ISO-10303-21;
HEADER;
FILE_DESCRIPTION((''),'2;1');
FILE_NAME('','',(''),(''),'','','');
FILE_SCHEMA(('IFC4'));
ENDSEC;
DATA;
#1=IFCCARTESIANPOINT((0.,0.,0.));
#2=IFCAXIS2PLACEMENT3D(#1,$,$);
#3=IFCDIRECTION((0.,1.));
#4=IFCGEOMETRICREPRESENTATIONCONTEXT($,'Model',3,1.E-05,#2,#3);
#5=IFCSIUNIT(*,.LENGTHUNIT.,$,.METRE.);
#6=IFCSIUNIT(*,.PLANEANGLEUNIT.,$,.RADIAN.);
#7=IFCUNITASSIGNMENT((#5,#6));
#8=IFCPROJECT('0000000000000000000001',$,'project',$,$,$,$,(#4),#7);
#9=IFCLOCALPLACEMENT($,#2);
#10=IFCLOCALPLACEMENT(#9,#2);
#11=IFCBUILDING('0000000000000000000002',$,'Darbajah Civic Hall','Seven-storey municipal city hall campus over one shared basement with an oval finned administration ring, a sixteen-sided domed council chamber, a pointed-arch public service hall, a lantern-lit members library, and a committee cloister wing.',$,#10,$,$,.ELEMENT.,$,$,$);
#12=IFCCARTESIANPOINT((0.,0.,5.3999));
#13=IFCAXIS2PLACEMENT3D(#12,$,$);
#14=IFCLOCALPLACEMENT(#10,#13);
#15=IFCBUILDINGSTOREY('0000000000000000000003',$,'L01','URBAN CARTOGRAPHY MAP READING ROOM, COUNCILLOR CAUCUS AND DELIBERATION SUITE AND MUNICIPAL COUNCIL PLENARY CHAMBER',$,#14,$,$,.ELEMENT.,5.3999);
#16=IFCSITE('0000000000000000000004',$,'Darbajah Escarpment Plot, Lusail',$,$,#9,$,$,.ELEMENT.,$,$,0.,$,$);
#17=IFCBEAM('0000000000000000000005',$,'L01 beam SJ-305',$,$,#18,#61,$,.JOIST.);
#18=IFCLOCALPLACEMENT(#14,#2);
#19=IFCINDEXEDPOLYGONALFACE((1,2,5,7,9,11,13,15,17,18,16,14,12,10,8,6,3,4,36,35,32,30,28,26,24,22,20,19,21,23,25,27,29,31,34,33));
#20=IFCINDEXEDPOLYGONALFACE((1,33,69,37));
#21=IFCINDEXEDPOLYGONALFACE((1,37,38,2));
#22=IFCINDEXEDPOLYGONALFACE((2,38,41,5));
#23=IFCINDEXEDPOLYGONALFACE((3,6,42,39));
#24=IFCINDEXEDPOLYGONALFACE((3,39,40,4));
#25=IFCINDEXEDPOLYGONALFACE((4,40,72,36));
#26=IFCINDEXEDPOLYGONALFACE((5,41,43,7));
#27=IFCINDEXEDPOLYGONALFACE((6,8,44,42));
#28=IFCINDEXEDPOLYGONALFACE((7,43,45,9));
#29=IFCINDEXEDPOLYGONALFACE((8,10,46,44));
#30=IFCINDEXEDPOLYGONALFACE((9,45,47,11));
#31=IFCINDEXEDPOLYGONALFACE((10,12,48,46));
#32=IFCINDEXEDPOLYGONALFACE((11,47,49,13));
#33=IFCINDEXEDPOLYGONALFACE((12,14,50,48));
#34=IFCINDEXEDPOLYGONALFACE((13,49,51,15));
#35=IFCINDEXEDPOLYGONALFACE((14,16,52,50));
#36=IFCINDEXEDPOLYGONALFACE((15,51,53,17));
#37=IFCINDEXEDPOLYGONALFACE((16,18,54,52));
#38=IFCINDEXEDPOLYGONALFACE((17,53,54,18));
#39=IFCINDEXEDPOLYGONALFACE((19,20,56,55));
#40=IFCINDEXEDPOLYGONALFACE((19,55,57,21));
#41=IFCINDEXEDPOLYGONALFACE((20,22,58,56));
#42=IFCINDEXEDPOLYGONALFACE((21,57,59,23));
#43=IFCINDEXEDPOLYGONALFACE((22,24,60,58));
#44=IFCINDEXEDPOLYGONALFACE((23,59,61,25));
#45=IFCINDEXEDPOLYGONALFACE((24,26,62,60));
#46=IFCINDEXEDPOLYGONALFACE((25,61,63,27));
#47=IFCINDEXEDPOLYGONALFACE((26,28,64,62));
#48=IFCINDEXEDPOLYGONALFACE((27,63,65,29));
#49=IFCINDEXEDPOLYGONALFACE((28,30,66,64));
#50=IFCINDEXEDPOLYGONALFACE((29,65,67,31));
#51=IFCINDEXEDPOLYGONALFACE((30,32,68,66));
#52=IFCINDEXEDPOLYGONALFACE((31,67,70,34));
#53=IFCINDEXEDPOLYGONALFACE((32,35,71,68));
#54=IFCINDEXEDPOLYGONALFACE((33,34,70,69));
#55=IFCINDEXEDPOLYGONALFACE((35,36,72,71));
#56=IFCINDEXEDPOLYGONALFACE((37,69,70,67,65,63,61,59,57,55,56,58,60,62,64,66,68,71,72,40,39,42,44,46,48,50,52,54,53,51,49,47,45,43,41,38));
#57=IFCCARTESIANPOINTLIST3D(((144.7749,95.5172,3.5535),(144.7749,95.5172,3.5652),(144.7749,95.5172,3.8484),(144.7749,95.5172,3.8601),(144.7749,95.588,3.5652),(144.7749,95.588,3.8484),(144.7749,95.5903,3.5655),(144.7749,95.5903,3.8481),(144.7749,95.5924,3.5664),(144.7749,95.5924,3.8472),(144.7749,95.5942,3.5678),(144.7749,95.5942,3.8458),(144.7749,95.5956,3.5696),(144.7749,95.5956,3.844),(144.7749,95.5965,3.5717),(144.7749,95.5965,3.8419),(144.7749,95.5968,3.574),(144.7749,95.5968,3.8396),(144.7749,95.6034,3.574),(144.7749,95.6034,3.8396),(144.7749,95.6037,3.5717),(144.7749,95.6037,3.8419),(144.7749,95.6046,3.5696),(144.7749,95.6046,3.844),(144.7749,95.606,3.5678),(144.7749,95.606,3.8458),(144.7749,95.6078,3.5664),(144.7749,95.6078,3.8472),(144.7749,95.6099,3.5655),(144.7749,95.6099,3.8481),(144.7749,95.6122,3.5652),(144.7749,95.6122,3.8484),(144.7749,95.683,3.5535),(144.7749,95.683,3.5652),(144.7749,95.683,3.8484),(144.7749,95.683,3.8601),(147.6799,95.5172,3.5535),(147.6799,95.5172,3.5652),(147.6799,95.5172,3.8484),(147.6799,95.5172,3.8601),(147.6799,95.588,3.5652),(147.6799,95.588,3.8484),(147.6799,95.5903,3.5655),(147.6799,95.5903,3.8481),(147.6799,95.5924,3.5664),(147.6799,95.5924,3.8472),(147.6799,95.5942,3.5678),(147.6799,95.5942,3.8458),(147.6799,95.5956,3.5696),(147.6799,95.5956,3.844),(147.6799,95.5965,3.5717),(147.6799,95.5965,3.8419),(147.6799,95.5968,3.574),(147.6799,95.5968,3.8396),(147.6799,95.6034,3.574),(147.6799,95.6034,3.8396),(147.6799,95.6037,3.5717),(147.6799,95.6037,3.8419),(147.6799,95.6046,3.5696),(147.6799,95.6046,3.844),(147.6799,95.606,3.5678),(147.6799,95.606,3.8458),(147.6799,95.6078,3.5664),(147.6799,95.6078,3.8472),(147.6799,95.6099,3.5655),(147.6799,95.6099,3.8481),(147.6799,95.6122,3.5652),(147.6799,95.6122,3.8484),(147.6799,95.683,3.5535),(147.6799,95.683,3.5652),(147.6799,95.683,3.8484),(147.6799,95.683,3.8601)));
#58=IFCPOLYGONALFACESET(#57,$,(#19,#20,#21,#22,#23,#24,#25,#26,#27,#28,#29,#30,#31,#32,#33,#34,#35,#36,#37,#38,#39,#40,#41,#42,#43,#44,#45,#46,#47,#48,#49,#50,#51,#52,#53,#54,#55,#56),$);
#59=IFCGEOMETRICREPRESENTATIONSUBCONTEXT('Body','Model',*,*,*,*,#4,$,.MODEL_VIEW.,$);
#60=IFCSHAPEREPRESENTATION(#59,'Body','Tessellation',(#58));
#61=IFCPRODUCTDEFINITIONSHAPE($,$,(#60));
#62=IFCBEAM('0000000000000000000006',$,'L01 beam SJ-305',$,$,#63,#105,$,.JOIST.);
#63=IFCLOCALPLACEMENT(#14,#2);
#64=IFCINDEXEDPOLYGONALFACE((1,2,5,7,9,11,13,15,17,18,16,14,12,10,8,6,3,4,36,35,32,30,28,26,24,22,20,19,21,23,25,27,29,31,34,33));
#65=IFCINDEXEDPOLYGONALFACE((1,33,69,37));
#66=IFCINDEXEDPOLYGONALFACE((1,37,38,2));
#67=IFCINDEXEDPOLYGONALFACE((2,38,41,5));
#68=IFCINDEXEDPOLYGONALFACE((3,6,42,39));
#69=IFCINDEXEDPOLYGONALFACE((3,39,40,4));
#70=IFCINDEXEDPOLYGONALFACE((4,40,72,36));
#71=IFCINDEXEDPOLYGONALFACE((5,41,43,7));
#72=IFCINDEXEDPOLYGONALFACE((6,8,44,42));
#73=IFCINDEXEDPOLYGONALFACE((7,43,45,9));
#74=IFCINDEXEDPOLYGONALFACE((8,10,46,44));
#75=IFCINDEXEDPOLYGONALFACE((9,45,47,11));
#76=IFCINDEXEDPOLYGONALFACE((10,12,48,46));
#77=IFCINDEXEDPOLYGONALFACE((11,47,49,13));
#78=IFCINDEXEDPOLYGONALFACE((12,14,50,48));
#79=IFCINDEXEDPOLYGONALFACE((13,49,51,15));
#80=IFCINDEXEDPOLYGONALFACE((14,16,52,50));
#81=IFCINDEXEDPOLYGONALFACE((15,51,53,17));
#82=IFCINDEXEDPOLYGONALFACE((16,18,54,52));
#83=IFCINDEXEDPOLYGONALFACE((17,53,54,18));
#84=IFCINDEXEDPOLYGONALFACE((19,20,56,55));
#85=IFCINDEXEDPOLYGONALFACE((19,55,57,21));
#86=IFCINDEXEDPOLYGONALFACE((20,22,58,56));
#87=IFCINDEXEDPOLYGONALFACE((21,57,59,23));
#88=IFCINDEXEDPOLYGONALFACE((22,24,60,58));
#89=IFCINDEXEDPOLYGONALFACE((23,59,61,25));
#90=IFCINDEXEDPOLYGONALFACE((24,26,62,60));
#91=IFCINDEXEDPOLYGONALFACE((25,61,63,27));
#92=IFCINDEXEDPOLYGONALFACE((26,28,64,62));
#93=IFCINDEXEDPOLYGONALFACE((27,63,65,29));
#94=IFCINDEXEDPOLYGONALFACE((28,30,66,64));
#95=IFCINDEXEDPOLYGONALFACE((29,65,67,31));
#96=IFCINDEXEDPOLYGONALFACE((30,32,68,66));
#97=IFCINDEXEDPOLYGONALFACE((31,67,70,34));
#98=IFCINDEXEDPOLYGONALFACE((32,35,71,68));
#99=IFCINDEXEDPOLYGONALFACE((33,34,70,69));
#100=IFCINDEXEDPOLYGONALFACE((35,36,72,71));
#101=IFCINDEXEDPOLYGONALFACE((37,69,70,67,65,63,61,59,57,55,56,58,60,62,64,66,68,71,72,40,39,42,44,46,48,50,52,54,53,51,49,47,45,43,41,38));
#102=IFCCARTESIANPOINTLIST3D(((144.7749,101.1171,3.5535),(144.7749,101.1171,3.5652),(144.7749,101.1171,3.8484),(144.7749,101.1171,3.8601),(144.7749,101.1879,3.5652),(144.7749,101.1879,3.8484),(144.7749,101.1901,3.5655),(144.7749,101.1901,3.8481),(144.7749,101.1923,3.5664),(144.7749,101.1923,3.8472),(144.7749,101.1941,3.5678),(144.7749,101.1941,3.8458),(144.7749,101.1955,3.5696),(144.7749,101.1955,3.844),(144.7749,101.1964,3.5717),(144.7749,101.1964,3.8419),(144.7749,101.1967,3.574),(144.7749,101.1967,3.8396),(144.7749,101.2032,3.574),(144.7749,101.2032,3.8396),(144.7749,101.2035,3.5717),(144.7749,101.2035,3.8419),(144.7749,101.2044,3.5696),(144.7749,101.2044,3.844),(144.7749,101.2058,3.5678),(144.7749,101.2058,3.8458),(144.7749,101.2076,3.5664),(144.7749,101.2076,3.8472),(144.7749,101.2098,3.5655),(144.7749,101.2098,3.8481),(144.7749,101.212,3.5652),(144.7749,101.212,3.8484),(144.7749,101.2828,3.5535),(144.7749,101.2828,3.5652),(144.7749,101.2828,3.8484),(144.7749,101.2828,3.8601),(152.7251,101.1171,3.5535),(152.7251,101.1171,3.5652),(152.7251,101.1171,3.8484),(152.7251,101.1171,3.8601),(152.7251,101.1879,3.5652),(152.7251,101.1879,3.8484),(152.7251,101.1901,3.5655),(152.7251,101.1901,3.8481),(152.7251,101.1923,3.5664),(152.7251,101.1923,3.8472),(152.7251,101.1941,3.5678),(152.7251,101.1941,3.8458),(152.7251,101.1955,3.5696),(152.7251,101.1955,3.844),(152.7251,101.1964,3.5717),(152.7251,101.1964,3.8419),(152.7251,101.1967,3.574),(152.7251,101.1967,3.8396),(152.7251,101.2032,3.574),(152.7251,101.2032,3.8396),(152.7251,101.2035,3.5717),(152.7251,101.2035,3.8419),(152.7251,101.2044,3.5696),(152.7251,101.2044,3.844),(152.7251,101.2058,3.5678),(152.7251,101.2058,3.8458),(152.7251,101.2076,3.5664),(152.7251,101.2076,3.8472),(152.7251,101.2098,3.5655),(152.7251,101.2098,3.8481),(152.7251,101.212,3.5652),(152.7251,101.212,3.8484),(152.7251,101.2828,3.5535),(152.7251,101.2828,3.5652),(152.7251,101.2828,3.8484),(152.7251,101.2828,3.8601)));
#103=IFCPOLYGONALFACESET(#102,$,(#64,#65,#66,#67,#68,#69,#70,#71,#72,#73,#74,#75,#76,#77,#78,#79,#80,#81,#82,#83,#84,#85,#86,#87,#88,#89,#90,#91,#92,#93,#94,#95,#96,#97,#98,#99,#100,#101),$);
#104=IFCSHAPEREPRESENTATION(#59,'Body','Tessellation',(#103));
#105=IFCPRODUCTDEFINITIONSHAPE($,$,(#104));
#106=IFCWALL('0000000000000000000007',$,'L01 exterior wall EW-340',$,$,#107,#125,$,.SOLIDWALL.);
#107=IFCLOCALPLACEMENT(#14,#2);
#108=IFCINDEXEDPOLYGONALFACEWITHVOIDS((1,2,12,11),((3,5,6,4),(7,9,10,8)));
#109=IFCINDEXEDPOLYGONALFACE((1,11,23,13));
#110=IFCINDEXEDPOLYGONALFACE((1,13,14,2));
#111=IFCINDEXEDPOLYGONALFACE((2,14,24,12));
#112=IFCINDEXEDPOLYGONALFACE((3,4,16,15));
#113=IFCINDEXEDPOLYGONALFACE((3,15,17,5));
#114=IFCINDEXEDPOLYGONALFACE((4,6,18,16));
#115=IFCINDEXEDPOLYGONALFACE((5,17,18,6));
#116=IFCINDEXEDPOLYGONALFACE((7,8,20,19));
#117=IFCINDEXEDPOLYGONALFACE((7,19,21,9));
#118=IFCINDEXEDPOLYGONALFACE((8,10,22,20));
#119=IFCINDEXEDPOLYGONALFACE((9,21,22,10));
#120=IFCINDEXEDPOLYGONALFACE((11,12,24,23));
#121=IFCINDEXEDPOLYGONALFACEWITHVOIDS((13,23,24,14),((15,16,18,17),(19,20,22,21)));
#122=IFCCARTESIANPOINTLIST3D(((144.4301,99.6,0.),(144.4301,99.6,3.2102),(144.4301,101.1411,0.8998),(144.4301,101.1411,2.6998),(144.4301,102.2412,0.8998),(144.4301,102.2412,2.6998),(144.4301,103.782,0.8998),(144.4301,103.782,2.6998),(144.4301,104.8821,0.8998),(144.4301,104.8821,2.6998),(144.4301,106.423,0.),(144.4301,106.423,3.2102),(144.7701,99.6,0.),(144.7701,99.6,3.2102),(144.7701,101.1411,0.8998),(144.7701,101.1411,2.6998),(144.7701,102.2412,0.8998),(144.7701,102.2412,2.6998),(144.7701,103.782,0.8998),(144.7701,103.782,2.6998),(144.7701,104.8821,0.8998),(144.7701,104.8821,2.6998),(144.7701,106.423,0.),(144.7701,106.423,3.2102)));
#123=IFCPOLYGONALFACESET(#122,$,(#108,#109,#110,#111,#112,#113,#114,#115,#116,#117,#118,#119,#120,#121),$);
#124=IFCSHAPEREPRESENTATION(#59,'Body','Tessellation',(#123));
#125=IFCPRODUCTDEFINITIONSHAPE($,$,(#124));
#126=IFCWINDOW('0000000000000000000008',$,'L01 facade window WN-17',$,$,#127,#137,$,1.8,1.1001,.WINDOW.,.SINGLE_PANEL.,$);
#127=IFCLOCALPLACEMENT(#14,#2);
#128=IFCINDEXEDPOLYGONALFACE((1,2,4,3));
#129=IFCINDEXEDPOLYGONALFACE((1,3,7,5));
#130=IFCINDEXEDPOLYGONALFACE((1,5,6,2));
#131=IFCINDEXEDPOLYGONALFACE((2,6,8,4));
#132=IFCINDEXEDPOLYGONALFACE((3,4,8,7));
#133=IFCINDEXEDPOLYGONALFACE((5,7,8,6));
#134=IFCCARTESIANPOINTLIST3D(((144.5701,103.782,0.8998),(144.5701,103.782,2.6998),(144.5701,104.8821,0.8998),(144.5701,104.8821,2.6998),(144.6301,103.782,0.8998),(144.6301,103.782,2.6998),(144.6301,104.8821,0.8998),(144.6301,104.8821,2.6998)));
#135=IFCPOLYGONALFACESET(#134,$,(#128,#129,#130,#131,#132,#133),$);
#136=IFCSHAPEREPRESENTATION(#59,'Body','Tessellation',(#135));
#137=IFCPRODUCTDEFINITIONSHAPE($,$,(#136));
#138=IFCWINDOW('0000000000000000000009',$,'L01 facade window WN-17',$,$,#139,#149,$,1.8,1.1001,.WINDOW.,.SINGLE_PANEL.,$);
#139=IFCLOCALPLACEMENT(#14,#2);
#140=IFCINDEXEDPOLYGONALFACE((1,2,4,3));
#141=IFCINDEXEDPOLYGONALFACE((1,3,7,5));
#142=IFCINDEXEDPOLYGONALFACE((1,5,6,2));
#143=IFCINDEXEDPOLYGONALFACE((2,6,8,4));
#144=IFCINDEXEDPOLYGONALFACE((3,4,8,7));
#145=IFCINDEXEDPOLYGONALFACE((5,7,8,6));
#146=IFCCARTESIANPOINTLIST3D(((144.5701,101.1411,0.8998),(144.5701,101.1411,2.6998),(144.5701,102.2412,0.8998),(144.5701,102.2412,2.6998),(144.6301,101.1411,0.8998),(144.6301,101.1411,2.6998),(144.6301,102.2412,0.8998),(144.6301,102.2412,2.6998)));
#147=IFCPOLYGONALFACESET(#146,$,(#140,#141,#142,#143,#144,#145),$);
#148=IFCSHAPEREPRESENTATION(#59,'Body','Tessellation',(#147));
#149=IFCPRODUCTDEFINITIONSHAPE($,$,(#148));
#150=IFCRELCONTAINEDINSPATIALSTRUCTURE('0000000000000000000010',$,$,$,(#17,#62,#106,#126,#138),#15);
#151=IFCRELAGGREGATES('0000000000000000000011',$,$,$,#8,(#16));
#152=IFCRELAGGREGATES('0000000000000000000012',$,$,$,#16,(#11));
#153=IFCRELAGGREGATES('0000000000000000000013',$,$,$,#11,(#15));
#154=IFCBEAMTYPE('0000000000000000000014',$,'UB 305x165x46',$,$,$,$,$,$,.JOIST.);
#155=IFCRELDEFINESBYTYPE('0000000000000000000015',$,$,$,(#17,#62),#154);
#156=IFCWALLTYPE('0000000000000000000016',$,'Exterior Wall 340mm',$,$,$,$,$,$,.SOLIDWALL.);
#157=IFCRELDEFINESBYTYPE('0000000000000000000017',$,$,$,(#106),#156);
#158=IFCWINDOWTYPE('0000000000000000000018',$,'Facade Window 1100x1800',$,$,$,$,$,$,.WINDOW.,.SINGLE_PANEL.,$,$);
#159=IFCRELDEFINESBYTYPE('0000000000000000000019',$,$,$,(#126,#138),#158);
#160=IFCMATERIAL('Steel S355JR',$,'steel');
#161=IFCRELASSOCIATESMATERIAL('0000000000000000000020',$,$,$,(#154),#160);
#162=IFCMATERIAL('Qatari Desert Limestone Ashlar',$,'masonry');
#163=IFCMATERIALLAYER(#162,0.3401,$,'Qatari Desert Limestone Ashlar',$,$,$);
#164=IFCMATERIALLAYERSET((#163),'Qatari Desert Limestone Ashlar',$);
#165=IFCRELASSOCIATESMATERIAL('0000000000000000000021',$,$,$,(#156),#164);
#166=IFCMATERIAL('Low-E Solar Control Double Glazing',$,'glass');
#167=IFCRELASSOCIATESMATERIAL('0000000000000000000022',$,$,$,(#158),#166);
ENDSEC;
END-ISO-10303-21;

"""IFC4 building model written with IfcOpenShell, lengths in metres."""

from ifc_helpers import new_model, si_unit, direction, frame, frame_2d, origin, origin_2d, place, context, subcontext, project, spatial, rectangle, i_section, extrude, material, layer, layer_set, material_profile, profile_set, type_object, element, fill, save


model = new_model("IFC4")

# Units and contexts
model_context = context("Model", 3, precision=1e-05, world=origin(), true_north=direction((0.0, 1.0)))
body_context = subcontext(model_context, "Body", "Model", "MODEL_VIEW")
ifc_project = project(units=[si_unit("LENGTHUNIT", "METRE"), si_unit("PLANEANGLEUNIT", "RADIAN")], contexts=[model_context])

# Site, building, storey
site_placement = place(None, origin())
site = spatial("IfcSite", under=ifc_project, at=site_placement, Name="Darbajah Escarpment Plot, Lusail", CompositionType="ELEMENT", RefElevation=0.0)
building_placement = place(site_placement, origin())
building = spatial("IfcBuilding", under=site, at=building_placement, Name="Darbajah Civic Hall", Description="Seven-storey municipal city hall campus over one shared basement with an oval finned administration ring, a sixteen-sided domed council chamber, a pointed-arch public service hall, a lantern-lit members library, and a committee cloister wing.", CompositionType="ELEMENT")
storey_placement = place(building_placement, frame((0.0, 0.0, 5.3999)))
storey = spatial("IfcBuildingStorey", under=building, at=storey_placement, Name="L01", Description="URBAN CARTOGRAPHY MAP READING ROOM, COUNCILLOR CAUCUS AND DELIBERATION SUITE AND MUNICIPAL COUNCIL PLENARY CHAMBER", CompositionType="ELEMENT", Elevation=5.3999)

# Beams
ifc_material_1 = material(Name="Steel S355JR", Category="steel")
ifc_material_profile_1 = material_profile(ifc_material_1, i_section(OverallWidth=0.1658, OverallDepth=0.3066, WebThickness=0.0066, FlangeThickness=0.0117, FilletRadius=0.0088, at=origin_2d()), Name="UB 305x165x46")
ifc_profile_set_1 = profile_set([ifc_material_profile_1], Name="Steel S355JR")
beam_type_1 = type_object("IfcBeamType", Name="UB 305x165x46", PredefinedType="JOIST", material=ifc_profile_set_1)
beam_1_placement = place(storey_placement, frame((144.7749, 95.6001, 3.7068), z_axis=(1.0, 0.0, 0.0), x_axis=(0.0, 1.0, 0.0)))
element("IfcBeam", 1, at=beam_1_placement, inside=storey, type_object=beam_type_1, Name="L01 beam SJ-305", PredefinedType="JOIST", context=body_context, shape_type="SweptSolid", body=[
    extrude(i_section(OverallWidth=0.1658, OverallDepth=0.3066, WebThickness=0.0066, FlangeThickness=0.0117, FilletRadius=0.0088, at=origin_2d()), origin(), (0.0, 0.0, 1.0), 2.905),
])
beam_2_placement = place(storey_placement, frame((144.7749, 101.2, 3.7068), z_axis=(1.0, 0.0, 0.0), x_axis=(0.0, 1.0, 0.0)))
element("IfcBeam", 2, at=beam_2_placement, inside=storey, type_object=beam_type_1, Name="L01 beam SJ-305", PredefinedType="JOIST", context=body_context, shape_type="SweptSolid", body=[
    extrude(i_section(OverallWidth=0.1658, OverallDepth=0.3066, WebThickness=0.0066, FlangeThickness=0.0117, FilletRadius=0.0088, at=origin_2d()), origin(), (0.0, 0.0, 1.0), 7.9502),
])

# Wall, openings, windows
ifc_material_2 = material(Name="Qatari Desert Limestone Ashlar", Category="masonry")
ifc_layer = layer(ifc_material_2, 0.3401, Name="Qatari Desert Limestone Ashlar")
ifc_layer_set = layer_set([ifc_layer], Name="Qatari Desert Limestone Ashlar")
wall_type = type_object("IfcWallType", Name="Exterior Wall 340mm", PredefinedType="SOLIDWALL", material=ifc_layer_set)
wall_1_placement = place(storey_placement, frame((144.6001, 106.4231, 0.0), z_axis=(0.0, 0.0, 1.0), x_axis=(0.0, -1.0, 0.0)))
wall_1 = element("IfcWall", 3, at=wall_1_placement, inside=storey, type_object=wall_type, Name="L01 exterior wall EW-340", PredefinedType="SOLIDWALL", context=body_context, shape_type="SweptSolid", body=[
    extrude(rectangle(XDim=6.823, YDim=0.3401, at=frame_2d((3.4116, 0.0))), origin(), (0.0, 0.0, 1.0), 3.2102),
])
opening_1_placement = place(wall_1_placement, frame((1.541, 0.0, 0.8999)))
opening_1 = element("IfcOpeningElement", 4, at=opening_1_placement, cuts=wall_1, PredefinedType="OPENING", context=body_context, shape_type="SweptSolid", body=[
    extrude(rectangle(XDim=1.1001, YDim=1.8, at=frame_2d((0.55, 0.8999))), frame((0.0, 0.1799, 0.0), z_axis=(0.0, -1.0, 0.0), x_axis=(1.0, 0.0, 0.0)), (0.0, 0.0, 1.0), 0.3601),
])
opening_2_placement = place(wall_1_placement, frame((4.1819, 0.0, 0.8999)))
opening_2 = element("IfcOpeningElement", 5, at=opening_2_placement, cuts=wall_1, PredefinedType="OPENING", context=body_context, shape_type="SweptSolid", body=[
    extrude(rectangle(XDim=1.1001, YDim=1.8, at=frame_2d((0.55, 0.8999))), frame((0.0, 0.1799, 0.0), z_axis=(0.0, -1.0, 0.0), x_axis=(1.0, 0.0, 0.0)), (0.0, 0.0, 1.0), 0.3601),
])
ifc_material_3 = material(Name="Low-E Solar Control Double Glazing", Category="glass")
window_type_1 = type_object("IfcWindowType", Name="Facade Window 1100x1800", PartitioningType="SINGLE_PANEL", PredefinedType="WINDOW", material=ifc_material_3)
window_1_placement = place(opening_1_placement, origin())
window_1 = element("IfcWindow", 6, at=window_1_placement, inside=storey, type_object=window_type_1, Name="L01 facade window WN-17", OverallHeight=1.8, OverallWidth=1.1001, PartitioningType="SINGLE_PANEL", PredefinedType="WINDOW", context=body_context, shape_type="SweptSolid", body=[
    extrude(rectangle(XDim=1.1001, YDim=1.8, at=frame_2d((0.55, 0.8999))), frame((0.0, 0.03, 0.0), z_axis=(0.0, -1.0, 0.0), x_axis=(1.0, 0.0, 0.0)), (0.0, 0.0, 1.0), 0.0601),
])
fill(opening_1, window_1)
window_2_placement = place(opening_2_placement, origin())
window_2 = element("IfcWindow", 7, at=window_2_placement, inside=storey, type_object=window_type_1, Name="L01 facade window WN-17", OverallHeight=1.8, OverallWidth=1.1001, PartitioningType="SINGLE_PANEL", PredefinedType="WINDOW", context=body_context, shape_type="SweptSolid", body=[
    extrude(rectangle(XDim=1.1001, YDim=1.8, at=frame_2d((0.55, 0.8999))), frame((0.0, 0.03, 0.0), z_axis=(0.0, -1.0, 0.0), x_axis=(1.0, 0.0, 0.0)), (0.0, 0.0, 1.0), 0.0601),
])
fill(opening_2, window_2)

save(model, "model.ifc")
